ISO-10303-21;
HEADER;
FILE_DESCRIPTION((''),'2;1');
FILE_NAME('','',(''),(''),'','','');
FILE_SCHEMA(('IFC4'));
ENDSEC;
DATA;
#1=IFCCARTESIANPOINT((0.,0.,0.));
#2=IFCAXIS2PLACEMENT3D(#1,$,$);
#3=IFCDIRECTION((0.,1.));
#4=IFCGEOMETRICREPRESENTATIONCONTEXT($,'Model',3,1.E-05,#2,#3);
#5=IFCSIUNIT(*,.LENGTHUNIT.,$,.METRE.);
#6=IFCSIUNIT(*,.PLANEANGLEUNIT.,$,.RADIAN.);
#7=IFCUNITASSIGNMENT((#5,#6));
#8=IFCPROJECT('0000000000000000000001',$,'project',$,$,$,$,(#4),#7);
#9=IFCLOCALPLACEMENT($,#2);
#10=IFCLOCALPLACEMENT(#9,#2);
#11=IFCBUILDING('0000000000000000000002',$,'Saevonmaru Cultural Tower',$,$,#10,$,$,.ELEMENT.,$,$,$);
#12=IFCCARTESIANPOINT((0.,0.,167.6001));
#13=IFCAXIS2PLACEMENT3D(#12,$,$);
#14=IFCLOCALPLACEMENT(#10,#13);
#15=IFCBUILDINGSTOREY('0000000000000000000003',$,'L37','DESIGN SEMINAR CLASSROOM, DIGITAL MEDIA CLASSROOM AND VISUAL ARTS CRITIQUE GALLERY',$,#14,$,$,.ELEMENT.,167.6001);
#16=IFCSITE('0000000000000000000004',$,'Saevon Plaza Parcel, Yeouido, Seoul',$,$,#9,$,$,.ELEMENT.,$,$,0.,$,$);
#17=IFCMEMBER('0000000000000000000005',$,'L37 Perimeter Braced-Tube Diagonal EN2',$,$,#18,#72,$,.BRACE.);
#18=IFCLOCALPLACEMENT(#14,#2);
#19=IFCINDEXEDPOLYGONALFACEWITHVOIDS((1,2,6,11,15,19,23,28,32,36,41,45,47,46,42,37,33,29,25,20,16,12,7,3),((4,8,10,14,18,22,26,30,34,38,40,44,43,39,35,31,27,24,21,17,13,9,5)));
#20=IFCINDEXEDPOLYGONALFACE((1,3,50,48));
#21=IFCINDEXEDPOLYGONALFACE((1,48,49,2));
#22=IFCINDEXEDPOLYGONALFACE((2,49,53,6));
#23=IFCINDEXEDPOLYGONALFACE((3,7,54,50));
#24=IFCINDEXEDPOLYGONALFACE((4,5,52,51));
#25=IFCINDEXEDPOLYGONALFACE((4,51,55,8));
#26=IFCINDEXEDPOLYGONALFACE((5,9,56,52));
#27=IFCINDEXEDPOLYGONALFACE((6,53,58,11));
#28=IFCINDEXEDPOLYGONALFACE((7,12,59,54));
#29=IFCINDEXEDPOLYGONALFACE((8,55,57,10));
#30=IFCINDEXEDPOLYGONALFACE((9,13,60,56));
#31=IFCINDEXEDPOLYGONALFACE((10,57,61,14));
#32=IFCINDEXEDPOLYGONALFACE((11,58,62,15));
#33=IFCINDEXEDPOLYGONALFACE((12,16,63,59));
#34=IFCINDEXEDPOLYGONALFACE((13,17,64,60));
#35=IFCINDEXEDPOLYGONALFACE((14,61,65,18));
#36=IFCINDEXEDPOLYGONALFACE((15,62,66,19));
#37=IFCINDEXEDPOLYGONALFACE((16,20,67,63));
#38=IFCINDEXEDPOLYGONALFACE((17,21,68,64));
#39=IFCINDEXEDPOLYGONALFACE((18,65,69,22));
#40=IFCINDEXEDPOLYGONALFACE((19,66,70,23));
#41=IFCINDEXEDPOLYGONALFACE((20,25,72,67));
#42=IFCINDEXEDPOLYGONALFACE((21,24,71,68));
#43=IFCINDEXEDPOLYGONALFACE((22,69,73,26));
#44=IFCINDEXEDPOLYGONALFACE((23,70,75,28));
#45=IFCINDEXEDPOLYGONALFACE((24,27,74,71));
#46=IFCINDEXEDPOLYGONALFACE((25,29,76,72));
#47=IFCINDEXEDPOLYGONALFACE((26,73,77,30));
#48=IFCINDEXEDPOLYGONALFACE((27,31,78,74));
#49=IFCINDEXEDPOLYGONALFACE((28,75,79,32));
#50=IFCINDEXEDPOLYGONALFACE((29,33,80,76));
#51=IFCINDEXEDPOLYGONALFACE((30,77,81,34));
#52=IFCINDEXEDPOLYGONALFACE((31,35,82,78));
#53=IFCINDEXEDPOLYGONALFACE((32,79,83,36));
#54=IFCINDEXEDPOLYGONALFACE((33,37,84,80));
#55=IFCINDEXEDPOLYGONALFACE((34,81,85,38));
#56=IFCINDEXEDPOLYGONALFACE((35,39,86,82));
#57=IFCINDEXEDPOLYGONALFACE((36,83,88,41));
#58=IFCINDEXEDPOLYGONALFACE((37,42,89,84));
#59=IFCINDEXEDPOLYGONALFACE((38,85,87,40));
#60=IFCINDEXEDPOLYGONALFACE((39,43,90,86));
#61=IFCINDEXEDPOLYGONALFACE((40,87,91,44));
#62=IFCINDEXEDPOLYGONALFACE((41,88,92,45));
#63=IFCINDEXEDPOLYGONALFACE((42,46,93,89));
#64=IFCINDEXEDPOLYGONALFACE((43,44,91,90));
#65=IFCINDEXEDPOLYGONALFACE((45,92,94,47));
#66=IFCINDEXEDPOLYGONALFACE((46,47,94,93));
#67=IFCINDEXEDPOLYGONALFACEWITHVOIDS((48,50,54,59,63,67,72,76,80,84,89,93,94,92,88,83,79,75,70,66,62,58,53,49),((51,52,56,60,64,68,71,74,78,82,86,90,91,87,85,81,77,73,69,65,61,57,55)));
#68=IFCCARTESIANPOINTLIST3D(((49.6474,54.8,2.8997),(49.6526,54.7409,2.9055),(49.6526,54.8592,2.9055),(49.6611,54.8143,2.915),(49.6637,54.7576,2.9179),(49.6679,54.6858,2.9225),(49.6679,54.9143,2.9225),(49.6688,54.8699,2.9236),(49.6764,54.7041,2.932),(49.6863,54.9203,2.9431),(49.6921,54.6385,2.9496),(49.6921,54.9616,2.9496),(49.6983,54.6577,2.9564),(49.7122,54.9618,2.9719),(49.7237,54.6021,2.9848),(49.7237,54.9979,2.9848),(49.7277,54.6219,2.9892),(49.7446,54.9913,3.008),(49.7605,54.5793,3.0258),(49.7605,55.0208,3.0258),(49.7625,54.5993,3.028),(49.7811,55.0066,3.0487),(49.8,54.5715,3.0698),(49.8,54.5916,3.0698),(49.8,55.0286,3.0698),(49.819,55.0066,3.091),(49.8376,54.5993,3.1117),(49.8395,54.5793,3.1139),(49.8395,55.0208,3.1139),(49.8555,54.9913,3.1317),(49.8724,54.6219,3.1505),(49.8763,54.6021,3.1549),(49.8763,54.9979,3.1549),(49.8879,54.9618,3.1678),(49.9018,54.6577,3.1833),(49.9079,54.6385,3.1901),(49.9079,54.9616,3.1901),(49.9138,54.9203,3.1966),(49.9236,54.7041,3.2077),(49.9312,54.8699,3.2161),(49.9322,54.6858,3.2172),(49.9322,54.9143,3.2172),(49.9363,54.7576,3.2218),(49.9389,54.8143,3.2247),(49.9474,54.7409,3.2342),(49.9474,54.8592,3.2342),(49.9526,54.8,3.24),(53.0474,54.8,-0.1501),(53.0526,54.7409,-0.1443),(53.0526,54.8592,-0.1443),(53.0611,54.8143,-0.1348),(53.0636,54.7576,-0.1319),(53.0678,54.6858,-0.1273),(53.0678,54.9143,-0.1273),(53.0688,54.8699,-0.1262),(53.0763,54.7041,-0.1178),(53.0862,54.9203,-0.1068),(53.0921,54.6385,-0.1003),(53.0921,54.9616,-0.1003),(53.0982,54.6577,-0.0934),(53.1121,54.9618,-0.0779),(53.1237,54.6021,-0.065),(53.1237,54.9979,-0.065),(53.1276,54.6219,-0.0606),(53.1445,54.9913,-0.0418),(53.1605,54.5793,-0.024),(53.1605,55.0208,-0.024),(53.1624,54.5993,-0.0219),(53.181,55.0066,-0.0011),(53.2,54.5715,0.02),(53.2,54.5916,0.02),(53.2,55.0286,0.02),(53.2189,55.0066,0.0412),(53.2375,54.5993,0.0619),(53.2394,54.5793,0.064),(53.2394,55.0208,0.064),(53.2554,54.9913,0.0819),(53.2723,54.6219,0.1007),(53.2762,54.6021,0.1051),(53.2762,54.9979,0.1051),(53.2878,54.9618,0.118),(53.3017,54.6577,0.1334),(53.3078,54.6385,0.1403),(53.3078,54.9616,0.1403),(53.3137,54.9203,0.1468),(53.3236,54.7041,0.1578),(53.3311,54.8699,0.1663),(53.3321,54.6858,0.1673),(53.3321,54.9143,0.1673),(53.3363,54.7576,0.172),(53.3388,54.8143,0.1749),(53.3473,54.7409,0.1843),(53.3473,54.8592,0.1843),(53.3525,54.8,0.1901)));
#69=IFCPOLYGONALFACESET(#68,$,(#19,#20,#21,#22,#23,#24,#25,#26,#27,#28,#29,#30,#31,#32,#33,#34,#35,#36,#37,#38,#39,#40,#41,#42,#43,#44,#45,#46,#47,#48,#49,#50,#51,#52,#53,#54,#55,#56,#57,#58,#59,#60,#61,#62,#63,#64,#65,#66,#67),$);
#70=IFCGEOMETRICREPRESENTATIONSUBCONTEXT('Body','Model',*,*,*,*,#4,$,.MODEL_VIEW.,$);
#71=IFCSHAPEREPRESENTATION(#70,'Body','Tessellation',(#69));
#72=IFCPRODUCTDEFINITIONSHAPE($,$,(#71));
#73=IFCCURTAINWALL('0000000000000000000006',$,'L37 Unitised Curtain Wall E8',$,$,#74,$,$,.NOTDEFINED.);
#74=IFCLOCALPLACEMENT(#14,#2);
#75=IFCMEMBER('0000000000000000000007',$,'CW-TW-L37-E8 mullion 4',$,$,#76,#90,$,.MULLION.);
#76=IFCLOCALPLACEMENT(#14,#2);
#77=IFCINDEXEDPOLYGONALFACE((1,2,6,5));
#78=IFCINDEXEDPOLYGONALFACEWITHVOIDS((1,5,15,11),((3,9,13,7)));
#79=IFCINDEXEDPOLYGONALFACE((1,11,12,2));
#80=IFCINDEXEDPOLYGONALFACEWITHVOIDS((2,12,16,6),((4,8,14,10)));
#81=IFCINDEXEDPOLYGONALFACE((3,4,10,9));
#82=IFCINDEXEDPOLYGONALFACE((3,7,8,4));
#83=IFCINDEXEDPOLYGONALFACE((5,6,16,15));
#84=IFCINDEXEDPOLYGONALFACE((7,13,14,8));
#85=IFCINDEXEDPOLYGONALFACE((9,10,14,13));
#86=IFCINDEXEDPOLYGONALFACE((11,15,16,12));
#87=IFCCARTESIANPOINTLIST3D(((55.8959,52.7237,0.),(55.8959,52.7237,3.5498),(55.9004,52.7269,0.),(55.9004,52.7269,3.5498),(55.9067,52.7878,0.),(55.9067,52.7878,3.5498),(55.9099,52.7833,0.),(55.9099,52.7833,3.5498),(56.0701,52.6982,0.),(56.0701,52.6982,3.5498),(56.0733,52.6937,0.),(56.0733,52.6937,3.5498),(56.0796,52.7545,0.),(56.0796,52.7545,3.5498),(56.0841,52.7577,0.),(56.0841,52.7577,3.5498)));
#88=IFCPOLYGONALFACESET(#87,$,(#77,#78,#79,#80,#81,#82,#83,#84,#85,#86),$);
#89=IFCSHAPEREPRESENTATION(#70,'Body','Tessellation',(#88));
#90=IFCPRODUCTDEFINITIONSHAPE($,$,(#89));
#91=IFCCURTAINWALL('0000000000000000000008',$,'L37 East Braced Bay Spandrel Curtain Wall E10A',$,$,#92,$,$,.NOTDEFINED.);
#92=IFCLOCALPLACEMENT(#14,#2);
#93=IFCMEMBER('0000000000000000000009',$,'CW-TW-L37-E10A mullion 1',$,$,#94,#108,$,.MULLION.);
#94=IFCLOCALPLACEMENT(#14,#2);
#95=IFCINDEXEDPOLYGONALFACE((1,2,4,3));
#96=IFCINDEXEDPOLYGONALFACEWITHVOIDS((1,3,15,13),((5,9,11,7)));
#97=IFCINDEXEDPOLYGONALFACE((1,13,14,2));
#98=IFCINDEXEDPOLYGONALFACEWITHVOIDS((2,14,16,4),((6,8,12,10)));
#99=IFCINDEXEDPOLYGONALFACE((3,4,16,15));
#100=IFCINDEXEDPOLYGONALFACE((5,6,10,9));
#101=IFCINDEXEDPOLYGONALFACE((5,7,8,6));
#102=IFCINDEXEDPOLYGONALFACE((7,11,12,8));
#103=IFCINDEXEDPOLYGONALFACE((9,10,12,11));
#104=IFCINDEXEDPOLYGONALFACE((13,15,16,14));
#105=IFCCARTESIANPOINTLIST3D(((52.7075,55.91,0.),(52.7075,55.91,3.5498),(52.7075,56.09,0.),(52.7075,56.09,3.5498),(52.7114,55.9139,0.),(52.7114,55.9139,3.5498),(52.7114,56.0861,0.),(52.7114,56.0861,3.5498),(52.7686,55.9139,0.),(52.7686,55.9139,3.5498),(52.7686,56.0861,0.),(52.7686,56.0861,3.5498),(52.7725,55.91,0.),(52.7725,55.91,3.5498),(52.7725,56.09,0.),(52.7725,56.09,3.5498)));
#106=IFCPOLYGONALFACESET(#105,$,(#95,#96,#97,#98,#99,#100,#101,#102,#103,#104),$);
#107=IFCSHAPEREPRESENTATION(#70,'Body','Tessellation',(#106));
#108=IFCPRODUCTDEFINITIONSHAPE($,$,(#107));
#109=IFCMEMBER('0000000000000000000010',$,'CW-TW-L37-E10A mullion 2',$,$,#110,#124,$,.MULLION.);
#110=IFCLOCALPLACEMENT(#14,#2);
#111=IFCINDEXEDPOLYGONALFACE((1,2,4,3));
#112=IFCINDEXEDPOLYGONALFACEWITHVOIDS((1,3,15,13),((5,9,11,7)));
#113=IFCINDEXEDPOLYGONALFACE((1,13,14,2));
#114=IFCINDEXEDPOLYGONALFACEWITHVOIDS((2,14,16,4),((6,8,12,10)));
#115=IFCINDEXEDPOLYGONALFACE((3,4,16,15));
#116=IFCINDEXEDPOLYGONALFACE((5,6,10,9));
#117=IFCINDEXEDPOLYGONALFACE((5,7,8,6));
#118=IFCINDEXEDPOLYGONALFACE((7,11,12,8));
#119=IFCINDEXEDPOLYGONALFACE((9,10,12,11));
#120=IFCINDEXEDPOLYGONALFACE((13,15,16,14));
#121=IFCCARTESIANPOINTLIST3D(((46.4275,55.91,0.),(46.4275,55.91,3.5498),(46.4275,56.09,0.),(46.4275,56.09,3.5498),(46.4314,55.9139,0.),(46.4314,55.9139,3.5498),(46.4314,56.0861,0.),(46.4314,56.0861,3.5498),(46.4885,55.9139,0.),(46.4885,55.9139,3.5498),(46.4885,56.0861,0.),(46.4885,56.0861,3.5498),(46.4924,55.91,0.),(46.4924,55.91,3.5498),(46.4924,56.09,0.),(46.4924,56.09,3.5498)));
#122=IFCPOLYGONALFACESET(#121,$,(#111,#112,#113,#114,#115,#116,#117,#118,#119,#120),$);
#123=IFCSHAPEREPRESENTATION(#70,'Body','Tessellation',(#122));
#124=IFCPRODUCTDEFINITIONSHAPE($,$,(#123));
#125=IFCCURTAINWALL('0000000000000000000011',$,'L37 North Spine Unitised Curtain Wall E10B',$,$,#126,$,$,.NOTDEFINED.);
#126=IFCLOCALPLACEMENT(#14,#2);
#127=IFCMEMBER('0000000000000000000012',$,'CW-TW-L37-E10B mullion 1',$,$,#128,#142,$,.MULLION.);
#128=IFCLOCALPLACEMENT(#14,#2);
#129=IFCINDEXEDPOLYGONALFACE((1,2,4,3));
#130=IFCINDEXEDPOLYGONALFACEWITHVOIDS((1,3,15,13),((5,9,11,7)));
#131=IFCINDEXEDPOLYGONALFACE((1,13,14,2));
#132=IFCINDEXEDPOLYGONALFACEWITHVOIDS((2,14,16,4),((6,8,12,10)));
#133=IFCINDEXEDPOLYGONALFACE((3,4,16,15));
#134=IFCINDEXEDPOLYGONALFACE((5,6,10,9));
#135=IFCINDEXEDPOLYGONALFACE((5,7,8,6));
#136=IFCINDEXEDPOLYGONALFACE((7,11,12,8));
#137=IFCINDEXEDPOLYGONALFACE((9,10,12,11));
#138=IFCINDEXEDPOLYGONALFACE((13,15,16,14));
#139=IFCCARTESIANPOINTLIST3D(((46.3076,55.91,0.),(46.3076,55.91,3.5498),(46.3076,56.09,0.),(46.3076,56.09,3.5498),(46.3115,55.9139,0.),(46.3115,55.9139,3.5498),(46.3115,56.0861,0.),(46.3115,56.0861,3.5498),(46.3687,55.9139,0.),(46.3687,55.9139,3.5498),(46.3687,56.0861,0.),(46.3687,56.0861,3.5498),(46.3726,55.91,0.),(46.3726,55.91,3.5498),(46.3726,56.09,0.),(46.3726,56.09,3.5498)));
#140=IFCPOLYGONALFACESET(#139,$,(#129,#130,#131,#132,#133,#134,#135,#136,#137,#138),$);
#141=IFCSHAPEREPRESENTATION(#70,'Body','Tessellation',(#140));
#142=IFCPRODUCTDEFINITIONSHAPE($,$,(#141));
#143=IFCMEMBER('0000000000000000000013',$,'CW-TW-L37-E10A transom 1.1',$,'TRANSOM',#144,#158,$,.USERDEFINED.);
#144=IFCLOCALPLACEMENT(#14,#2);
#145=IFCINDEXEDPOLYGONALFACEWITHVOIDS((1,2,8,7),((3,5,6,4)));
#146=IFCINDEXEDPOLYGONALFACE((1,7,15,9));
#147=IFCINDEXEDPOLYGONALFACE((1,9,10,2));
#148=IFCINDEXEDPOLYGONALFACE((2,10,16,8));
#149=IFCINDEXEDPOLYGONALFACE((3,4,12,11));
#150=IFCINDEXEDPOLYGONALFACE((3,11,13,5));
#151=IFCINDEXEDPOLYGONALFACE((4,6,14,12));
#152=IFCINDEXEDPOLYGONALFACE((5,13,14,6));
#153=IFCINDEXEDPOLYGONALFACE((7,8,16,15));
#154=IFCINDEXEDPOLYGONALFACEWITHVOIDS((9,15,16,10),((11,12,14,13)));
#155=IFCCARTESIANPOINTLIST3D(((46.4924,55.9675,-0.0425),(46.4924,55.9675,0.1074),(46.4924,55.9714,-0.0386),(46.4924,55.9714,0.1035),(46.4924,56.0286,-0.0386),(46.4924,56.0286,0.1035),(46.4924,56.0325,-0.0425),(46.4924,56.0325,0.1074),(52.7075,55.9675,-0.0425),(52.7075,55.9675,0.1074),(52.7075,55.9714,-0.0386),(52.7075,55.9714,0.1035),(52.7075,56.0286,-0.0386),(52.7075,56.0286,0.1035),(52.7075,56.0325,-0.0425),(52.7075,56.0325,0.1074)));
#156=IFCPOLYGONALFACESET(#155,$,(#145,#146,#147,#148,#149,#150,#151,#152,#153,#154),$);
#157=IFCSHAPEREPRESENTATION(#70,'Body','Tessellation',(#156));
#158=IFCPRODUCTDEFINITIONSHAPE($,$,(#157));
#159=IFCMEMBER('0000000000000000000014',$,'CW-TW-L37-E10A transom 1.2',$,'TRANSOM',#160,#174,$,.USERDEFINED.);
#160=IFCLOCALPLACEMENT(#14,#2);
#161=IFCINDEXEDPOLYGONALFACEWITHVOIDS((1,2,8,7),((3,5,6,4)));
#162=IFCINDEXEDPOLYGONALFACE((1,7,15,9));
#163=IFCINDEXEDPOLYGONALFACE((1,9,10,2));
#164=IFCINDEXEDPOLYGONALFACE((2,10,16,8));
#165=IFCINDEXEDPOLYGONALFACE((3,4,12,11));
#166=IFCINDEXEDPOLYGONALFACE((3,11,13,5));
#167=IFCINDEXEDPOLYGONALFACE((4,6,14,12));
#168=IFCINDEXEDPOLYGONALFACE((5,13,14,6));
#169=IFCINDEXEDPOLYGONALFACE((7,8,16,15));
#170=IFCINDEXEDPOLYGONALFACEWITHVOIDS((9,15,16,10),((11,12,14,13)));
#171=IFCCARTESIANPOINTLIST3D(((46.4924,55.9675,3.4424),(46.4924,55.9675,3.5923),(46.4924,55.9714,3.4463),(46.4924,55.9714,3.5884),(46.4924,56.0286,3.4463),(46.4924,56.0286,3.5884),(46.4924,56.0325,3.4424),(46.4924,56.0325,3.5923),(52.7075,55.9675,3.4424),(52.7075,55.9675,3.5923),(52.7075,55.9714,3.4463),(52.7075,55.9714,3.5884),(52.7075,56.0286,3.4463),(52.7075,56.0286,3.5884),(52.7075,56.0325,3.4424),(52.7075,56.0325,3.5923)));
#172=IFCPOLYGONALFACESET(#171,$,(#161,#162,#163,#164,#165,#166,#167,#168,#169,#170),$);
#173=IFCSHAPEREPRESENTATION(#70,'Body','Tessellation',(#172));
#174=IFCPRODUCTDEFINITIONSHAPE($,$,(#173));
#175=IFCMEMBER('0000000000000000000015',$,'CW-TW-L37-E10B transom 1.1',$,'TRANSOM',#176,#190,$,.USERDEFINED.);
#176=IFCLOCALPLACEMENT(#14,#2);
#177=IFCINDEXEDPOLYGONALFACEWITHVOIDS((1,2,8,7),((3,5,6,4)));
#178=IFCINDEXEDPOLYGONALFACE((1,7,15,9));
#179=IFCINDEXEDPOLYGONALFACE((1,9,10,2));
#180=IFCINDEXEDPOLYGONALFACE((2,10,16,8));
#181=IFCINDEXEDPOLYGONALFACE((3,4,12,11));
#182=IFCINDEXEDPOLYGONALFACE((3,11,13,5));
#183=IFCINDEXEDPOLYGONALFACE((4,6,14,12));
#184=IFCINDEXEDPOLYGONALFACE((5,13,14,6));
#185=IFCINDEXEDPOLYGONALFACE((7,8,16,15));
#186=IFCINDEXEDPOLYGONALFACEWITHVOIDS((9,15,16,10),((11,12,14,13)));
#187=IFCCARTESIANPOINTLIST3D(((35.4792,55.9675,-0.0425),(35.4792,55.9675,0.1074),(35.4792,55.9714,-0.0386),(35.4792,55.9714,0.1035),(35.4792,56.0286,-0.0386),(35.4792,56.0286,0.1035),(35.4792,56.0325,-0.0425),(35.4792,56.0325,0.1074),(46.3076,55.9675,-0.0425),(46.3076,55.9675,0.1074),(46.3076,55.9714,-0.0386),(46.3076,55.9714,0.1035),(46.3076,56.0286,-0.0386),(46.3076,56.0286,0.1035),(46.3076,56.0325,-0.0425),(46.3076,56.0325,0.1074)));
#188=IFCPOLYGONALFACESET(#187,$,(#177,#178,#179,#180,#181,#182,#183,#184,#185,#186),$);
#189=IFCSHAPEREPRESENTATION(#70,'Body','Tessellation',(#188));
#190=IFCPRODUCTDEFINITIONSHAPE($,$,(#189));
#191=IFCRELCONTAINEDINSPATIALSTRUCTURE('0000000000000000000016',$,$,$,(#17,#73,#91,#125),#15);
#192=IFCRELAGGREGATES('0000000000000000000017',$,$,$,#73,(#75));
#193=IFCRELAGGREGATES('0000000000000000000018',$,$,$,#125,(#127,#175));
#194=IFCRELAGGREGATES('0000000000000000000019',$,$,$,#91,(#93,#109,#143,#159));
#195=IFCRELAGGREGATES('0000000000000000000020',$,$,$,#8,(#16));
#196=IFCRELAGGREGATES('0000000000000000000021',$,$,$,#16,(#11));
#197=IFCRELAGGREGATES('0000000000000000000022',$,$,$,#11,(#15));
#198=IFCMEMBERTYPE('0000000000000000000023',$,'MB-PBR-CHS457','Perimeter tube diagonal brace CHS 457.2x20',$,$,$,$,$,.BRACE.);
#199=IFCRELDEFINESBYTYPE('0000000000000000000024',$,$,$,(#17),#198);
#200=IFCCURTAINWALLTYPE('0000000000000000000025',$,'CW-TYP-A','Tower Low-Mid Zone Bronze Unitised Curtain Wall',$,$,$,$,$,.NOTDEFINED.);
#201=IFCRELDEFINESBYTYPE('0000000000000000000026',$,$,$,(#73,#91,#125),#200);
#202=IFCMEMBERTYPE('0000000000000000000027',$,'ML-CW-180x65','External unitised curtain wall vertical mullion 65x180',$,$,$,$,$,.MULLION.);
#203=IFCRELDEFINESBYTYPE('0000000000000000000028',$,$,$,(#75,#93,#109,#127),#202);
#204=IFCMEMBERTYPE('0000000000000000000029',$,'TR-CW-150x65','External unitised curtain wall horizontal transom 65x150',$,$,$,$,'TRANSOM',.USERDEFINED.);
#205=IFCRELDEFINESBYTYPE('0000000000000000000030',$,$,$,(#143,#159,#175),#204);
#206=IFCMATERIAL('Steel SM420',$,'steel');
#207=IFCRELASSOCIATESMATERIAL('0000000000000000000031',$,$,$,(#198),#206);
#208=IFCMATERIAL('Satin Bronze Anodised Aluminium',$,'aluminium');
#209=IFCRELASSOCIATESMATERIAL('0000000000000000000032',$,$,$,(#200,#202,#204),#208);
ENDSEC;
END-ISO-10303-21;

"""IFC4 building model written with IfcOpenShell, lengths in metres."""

from ifc_helpers import new_model, si_unit, direction, frame, origin, origin_2d, place, context, subcontext, project, spatial, hollow_rectangle, hollow_circle, extrude, material, material_profile, profile_set, type_object, element, aggregate, save


model = new_model("IFC4")

# Units and contexts
model_context = context("Model", 3, precision=1e-05, world=origin(), true_north=direction((0.0, 1.0)))
body_context = subcontext(model_context, "Body", "Model", "MODEL_VIEW")
ifc_project = project(units=[si_unit("LENGTHUNIT", "METRE"), si_unit("PLANEANGLEUNIT", "RADIAN")], contexts=[model_context])

# Site, building, storey
site_placement = place(None, origin())
site = spatial("IfcSite", under=ifc_project, at=site_placement, Name="Saevon Plaza Parcel, Yeouido, Seoul", CompositionType="ELEMENT", RefElevation=0.0)
building_placement = place(site_placement, origin())
building = spatial("IfcBuilding", under=site, at=building_placement, Name="Saevonmaru Cultural Tower", CompositionType="ELEMENT")
storey_placement = place(building_placement, frame((0.0, 0.0, 167.6001)))
storey = spatial("IfcBuildingStorey", under=building, at=storey_placement, Name="L37", Description="DESIGN SEMINAR CLASSROOM, DIGITAL MEDIA CLASSROOM AND VISUAL ARTS CRITIQUE GALLERY", CompositionType="ELEMENT", Elevation=167.6001)

# Shared definitions
ifc_material_1 = material(Name="Steel SM420", Category="steel")

# Member
ifc_material_profile_1 = material_profile(ifc_material_1, hollow_circle(Radius=0.2285, WallThickness=0.02, at=origin_2d()), Name="CHS-457.2x20")
ifc_profile_set_1 = profile_set([ifc_material_profile_1], Name="Steel SM420")
member_type_1 = type_object("IfcMemberType", Name="MB-PBR-CHS457", Description="Perimeter tube diagonal brace CHS 457.2x20", PredefinedType="BRACE", material=ifc_profile_set_1)
member_1_placement = place(storey_placement, frame((53.2, 54.8, 0.02), z_axis=(-0.744394, 0.0, 0.667741), x_axis=(0.0, -1.0, 0.0)))
element("IfcMember", 1, at=member_1_placement, inside=storey, type_object=member_type_1, Name="L37 Perimeter Braced-Tube Diagonal EN2", PredefinedType="BRACE", context=body_context, shape_type="SweptSolid", body=[
    extrude(hollow_circle(Radius=0.2285, WallThickness=0.02, at=origin_2d()), origin(), (0.0, 0.0, 1.0), 4.5674),
])

# Curtain wall, member
ifc_material_2 = material(Name="Satin Bronze Anodised Aluminium", Category="aluminium")
curtain_wall_type = type_object("IfcCurtainWallType", Name="CW-TYP-A", Description="Tower Low-Mid Zone Bronze Unitised Curtain Wall", PredefinedType="NOTDEFINED", material=ifc_material_2)
curtain_wall_1_placement = place(storey_placement, origin())
curtain_wall_1 = element("IfcCurtainWall", 2, at=curtain_wall_1_placement, inside=storey, type_object=curtain_wall_type, Name="L37 Unitised Curtain Wall E8", PredefinedType="NOTDEFINED")
ifc_material_profile_2 = material_profile(ifc_material_2, hollow_rectangle(XDim=0.0649, YDim=0.1799, WallThickness=0.0039, at=origin_2d()), Name="ALU-MULL-180x65x4")
ifc_profile_set_2 = profile_set([ifc_material_profile_2], Name="Satin Bronze Anodised Aluminium")
member_type_2 = type_object("IfcMemberType", Name="ML-CW-180x65", Description="External unitised curtain wall vertical mullion 65x180", PredefinedType="MULLION", material=ifc_profile_set_2)
member_2_placement = place(storey_placement, frame((55.99, 52.7407, 0.0), z_axis=(0.0, 0.0, 1.0), x_axis=(0.166922, 0.98597, 0.0)))
member_2 = element("IfcMember", 3, at=member_2_placement, type_object=member_type_2, Name="CW-TW-L37-E8 mullion 4", PredefinedType="MULLION", context=body_context, shape_type="SweptSolid", body=[
    extrude(hollow_rectangle(XDim=0.0649, YDim=0.1799, WallThickness=0.0039, at=origin_2d()), origin(), (0.0, 0.0, 1.0), 3.5498),
])
aggregate(curtain_wall_1, [member_2])

# Curtain wall, members
curtain_wall_2_placement = place(storey_placement, origin())
curtain_wall_2 = element("IfcCurtainWall", 4, at=curtain_wall_2_placement, inside=storey, type_object=curtain_wall_type, Name="L37 East Braced Bay Spandrel Curtain Wall E10A", PredefinedType="NOTDEFINED")
member_3_placement = place(storey_placement, frame((52.74, 56.0, 0.0), z_axis=(0.0, 0.0, 1.0), x_axis=(-1.0, 0.0, 0.0)))
member_3 = element("IfcMember", 5, at=member_3_placement, type_object=member_type_2, Name="CW-TW-L37-E10A mullion 1", PredefinedType="MULLION", context=body_context, shape_type="SweptSolid", body=[
    extrude(hollow_rectangle(XDim=0.0649, YDim=0.1799, WallThickness=0.0039, at=origin_2d()), origin(), (0.0, 0.0, 1.0), 3.5498),
])
member_4_placement = place(storey_placement, frame((46.46, 56.0, 0.0), z_axis=(0.0, 0.0, 1.0), x_axis=(-1.0, 0.0, 0.0)))
member_4 = element("IfcMember", 6, at=member_4_placement, type_object=member_type_2, Name="CW-TW-L37-E10A mullion 2", PredefinedType="MULLION", context=body_context, shape_type="SweptSolid", body=[
    extrude(hollow_rectangle(XDim=0.0649, YDim=0.1799, WallThickness=0.0039, at=origin_2d()), origin(), (0.0, 0.0, 1.0), 3.5498),
])

# Curtain wall, member
curtain_wall_3_placement = place(storey_placement, origin())
curtain_wall_3 = element("IfcCurtainWall", 7, at=curtain_wall_3_placement, inside=storey, type_object=curtain_wall_type, Name="L37 North Spine Unitised Curtain Wall E10B", PredefinedType="NOTDEFINED")
member_5_placement = place(storey_placement, frame((46.3401, 56.0, 0.0), z_axis=(0.0, 0.0, 1.0), x_axis=(-1.0, 0.0, 0.0)))
member_5 = element("IfcMember", 8, at=member_5_placement, type_object=member_type_2, Name="CW-TW-L37-E10B mullion 1", PredefinedType="MULLION", context=body_context, shape_type="SweptSolid", body=[
    extrude(hollow_rectangle(XDim=0.0649, YDim=0.1799, WallThickness=0.0039, at=origin_2d()), origin(), (0.0, 0.0, 1.0), 3.5498),
])

# Members
ifc_material_profile_3 = material_profile(ifc_material_2, hollow_rectangle(XDim=0.0649, YDim=0.1499, WallThickness=0.0039, at=origin_2d()), Name="ALU-TRAN-150x65x4")
ifc_profile_set_3 = profile_set([ifc_material_profile_3], Name="Satin Bronze Anodised Aluminium")
member_type_3 = type_object("IfcMemberType", Name="TR-CW-150x65", Description="External unitised curtain wall horizontal transom 65x150", ElementType="TRANSOM", PredefinedType="USERDEFINED", material=ifc_profile_set_3)
member_6_placement = place(storey_placement, frame((52.7075, 56.0, 0.0325), z_axis=(-1.0, 0.0, 0.0), x_axis=(0.0, -1.0, 0.0)))
member_6 = element("IfcMember", 9, at=member_6_placement, type_object=member_type_3, Name="CW-TW-L37-E10A transom 1.1", ObjectType="TRANSOM", PredefinedType="USERDEFINED", context=body_context, shape_type="SweptSolid", body=[
    extrude(hollow_rectangle(XDim=0.0649, YDim=0.1499, WallThickness=0.0039, at=origin_2d()), origin(), (0.0, 0.0, 1.0), 6.2151),
])
member_7_placement = place(storey_placement, frame((52.7075, 56.0, 3.5173), z_axis=(-1.0, 0.0, 0.0), x_axis=(0.0, -1.0, 0.0)))
member_7 = element("IfcMember", 10, at=member_7_placement, type_object=member_type_3, Name="CW-TW-L37-E10A transom 1.2", ObjectType="TRANSOM", PredefinedType="USERDEFINED", context=body_context, shape_type="SweptSolid", body=[
    extrude(hollow_rectangle(XDim=0.0649, YDim=0.1499, WallThickness=0.0039, at=origin_2d()), origin(), (0.0, 0.0, 1.0), 6.2151),
])
member_8_placement = place(storey_placement, frame((46.3076, 56.0, 0.0325), z_axis=(-1.0, 0.0, 0.0), x_axis=(0.0, -1.0, 0.0)))
member_8 = element("IfcMember", 11, at=member_8_placement, type_object=member_type_3, Name="CW-TW-L37-E10B transom 1.1", ObjectType="TRANSOM", PredefinedType="USERDEFINED", context=body_context, shape_type="SweptSolid", body=[
    extrude(hollow_rectangle(XDim=0.0649, YDim=0.1499, WallThickness=0.0039, at=origin_2d()), origin(), (0.0, 0.0, 1.0), 10.8284),
])
aggregate(curtain_wall_3, [member_5, member_8])

aggregate(curtain_wall_2, [member_3, member_4, member_6, member_7])

save(model, "model.ifc")
